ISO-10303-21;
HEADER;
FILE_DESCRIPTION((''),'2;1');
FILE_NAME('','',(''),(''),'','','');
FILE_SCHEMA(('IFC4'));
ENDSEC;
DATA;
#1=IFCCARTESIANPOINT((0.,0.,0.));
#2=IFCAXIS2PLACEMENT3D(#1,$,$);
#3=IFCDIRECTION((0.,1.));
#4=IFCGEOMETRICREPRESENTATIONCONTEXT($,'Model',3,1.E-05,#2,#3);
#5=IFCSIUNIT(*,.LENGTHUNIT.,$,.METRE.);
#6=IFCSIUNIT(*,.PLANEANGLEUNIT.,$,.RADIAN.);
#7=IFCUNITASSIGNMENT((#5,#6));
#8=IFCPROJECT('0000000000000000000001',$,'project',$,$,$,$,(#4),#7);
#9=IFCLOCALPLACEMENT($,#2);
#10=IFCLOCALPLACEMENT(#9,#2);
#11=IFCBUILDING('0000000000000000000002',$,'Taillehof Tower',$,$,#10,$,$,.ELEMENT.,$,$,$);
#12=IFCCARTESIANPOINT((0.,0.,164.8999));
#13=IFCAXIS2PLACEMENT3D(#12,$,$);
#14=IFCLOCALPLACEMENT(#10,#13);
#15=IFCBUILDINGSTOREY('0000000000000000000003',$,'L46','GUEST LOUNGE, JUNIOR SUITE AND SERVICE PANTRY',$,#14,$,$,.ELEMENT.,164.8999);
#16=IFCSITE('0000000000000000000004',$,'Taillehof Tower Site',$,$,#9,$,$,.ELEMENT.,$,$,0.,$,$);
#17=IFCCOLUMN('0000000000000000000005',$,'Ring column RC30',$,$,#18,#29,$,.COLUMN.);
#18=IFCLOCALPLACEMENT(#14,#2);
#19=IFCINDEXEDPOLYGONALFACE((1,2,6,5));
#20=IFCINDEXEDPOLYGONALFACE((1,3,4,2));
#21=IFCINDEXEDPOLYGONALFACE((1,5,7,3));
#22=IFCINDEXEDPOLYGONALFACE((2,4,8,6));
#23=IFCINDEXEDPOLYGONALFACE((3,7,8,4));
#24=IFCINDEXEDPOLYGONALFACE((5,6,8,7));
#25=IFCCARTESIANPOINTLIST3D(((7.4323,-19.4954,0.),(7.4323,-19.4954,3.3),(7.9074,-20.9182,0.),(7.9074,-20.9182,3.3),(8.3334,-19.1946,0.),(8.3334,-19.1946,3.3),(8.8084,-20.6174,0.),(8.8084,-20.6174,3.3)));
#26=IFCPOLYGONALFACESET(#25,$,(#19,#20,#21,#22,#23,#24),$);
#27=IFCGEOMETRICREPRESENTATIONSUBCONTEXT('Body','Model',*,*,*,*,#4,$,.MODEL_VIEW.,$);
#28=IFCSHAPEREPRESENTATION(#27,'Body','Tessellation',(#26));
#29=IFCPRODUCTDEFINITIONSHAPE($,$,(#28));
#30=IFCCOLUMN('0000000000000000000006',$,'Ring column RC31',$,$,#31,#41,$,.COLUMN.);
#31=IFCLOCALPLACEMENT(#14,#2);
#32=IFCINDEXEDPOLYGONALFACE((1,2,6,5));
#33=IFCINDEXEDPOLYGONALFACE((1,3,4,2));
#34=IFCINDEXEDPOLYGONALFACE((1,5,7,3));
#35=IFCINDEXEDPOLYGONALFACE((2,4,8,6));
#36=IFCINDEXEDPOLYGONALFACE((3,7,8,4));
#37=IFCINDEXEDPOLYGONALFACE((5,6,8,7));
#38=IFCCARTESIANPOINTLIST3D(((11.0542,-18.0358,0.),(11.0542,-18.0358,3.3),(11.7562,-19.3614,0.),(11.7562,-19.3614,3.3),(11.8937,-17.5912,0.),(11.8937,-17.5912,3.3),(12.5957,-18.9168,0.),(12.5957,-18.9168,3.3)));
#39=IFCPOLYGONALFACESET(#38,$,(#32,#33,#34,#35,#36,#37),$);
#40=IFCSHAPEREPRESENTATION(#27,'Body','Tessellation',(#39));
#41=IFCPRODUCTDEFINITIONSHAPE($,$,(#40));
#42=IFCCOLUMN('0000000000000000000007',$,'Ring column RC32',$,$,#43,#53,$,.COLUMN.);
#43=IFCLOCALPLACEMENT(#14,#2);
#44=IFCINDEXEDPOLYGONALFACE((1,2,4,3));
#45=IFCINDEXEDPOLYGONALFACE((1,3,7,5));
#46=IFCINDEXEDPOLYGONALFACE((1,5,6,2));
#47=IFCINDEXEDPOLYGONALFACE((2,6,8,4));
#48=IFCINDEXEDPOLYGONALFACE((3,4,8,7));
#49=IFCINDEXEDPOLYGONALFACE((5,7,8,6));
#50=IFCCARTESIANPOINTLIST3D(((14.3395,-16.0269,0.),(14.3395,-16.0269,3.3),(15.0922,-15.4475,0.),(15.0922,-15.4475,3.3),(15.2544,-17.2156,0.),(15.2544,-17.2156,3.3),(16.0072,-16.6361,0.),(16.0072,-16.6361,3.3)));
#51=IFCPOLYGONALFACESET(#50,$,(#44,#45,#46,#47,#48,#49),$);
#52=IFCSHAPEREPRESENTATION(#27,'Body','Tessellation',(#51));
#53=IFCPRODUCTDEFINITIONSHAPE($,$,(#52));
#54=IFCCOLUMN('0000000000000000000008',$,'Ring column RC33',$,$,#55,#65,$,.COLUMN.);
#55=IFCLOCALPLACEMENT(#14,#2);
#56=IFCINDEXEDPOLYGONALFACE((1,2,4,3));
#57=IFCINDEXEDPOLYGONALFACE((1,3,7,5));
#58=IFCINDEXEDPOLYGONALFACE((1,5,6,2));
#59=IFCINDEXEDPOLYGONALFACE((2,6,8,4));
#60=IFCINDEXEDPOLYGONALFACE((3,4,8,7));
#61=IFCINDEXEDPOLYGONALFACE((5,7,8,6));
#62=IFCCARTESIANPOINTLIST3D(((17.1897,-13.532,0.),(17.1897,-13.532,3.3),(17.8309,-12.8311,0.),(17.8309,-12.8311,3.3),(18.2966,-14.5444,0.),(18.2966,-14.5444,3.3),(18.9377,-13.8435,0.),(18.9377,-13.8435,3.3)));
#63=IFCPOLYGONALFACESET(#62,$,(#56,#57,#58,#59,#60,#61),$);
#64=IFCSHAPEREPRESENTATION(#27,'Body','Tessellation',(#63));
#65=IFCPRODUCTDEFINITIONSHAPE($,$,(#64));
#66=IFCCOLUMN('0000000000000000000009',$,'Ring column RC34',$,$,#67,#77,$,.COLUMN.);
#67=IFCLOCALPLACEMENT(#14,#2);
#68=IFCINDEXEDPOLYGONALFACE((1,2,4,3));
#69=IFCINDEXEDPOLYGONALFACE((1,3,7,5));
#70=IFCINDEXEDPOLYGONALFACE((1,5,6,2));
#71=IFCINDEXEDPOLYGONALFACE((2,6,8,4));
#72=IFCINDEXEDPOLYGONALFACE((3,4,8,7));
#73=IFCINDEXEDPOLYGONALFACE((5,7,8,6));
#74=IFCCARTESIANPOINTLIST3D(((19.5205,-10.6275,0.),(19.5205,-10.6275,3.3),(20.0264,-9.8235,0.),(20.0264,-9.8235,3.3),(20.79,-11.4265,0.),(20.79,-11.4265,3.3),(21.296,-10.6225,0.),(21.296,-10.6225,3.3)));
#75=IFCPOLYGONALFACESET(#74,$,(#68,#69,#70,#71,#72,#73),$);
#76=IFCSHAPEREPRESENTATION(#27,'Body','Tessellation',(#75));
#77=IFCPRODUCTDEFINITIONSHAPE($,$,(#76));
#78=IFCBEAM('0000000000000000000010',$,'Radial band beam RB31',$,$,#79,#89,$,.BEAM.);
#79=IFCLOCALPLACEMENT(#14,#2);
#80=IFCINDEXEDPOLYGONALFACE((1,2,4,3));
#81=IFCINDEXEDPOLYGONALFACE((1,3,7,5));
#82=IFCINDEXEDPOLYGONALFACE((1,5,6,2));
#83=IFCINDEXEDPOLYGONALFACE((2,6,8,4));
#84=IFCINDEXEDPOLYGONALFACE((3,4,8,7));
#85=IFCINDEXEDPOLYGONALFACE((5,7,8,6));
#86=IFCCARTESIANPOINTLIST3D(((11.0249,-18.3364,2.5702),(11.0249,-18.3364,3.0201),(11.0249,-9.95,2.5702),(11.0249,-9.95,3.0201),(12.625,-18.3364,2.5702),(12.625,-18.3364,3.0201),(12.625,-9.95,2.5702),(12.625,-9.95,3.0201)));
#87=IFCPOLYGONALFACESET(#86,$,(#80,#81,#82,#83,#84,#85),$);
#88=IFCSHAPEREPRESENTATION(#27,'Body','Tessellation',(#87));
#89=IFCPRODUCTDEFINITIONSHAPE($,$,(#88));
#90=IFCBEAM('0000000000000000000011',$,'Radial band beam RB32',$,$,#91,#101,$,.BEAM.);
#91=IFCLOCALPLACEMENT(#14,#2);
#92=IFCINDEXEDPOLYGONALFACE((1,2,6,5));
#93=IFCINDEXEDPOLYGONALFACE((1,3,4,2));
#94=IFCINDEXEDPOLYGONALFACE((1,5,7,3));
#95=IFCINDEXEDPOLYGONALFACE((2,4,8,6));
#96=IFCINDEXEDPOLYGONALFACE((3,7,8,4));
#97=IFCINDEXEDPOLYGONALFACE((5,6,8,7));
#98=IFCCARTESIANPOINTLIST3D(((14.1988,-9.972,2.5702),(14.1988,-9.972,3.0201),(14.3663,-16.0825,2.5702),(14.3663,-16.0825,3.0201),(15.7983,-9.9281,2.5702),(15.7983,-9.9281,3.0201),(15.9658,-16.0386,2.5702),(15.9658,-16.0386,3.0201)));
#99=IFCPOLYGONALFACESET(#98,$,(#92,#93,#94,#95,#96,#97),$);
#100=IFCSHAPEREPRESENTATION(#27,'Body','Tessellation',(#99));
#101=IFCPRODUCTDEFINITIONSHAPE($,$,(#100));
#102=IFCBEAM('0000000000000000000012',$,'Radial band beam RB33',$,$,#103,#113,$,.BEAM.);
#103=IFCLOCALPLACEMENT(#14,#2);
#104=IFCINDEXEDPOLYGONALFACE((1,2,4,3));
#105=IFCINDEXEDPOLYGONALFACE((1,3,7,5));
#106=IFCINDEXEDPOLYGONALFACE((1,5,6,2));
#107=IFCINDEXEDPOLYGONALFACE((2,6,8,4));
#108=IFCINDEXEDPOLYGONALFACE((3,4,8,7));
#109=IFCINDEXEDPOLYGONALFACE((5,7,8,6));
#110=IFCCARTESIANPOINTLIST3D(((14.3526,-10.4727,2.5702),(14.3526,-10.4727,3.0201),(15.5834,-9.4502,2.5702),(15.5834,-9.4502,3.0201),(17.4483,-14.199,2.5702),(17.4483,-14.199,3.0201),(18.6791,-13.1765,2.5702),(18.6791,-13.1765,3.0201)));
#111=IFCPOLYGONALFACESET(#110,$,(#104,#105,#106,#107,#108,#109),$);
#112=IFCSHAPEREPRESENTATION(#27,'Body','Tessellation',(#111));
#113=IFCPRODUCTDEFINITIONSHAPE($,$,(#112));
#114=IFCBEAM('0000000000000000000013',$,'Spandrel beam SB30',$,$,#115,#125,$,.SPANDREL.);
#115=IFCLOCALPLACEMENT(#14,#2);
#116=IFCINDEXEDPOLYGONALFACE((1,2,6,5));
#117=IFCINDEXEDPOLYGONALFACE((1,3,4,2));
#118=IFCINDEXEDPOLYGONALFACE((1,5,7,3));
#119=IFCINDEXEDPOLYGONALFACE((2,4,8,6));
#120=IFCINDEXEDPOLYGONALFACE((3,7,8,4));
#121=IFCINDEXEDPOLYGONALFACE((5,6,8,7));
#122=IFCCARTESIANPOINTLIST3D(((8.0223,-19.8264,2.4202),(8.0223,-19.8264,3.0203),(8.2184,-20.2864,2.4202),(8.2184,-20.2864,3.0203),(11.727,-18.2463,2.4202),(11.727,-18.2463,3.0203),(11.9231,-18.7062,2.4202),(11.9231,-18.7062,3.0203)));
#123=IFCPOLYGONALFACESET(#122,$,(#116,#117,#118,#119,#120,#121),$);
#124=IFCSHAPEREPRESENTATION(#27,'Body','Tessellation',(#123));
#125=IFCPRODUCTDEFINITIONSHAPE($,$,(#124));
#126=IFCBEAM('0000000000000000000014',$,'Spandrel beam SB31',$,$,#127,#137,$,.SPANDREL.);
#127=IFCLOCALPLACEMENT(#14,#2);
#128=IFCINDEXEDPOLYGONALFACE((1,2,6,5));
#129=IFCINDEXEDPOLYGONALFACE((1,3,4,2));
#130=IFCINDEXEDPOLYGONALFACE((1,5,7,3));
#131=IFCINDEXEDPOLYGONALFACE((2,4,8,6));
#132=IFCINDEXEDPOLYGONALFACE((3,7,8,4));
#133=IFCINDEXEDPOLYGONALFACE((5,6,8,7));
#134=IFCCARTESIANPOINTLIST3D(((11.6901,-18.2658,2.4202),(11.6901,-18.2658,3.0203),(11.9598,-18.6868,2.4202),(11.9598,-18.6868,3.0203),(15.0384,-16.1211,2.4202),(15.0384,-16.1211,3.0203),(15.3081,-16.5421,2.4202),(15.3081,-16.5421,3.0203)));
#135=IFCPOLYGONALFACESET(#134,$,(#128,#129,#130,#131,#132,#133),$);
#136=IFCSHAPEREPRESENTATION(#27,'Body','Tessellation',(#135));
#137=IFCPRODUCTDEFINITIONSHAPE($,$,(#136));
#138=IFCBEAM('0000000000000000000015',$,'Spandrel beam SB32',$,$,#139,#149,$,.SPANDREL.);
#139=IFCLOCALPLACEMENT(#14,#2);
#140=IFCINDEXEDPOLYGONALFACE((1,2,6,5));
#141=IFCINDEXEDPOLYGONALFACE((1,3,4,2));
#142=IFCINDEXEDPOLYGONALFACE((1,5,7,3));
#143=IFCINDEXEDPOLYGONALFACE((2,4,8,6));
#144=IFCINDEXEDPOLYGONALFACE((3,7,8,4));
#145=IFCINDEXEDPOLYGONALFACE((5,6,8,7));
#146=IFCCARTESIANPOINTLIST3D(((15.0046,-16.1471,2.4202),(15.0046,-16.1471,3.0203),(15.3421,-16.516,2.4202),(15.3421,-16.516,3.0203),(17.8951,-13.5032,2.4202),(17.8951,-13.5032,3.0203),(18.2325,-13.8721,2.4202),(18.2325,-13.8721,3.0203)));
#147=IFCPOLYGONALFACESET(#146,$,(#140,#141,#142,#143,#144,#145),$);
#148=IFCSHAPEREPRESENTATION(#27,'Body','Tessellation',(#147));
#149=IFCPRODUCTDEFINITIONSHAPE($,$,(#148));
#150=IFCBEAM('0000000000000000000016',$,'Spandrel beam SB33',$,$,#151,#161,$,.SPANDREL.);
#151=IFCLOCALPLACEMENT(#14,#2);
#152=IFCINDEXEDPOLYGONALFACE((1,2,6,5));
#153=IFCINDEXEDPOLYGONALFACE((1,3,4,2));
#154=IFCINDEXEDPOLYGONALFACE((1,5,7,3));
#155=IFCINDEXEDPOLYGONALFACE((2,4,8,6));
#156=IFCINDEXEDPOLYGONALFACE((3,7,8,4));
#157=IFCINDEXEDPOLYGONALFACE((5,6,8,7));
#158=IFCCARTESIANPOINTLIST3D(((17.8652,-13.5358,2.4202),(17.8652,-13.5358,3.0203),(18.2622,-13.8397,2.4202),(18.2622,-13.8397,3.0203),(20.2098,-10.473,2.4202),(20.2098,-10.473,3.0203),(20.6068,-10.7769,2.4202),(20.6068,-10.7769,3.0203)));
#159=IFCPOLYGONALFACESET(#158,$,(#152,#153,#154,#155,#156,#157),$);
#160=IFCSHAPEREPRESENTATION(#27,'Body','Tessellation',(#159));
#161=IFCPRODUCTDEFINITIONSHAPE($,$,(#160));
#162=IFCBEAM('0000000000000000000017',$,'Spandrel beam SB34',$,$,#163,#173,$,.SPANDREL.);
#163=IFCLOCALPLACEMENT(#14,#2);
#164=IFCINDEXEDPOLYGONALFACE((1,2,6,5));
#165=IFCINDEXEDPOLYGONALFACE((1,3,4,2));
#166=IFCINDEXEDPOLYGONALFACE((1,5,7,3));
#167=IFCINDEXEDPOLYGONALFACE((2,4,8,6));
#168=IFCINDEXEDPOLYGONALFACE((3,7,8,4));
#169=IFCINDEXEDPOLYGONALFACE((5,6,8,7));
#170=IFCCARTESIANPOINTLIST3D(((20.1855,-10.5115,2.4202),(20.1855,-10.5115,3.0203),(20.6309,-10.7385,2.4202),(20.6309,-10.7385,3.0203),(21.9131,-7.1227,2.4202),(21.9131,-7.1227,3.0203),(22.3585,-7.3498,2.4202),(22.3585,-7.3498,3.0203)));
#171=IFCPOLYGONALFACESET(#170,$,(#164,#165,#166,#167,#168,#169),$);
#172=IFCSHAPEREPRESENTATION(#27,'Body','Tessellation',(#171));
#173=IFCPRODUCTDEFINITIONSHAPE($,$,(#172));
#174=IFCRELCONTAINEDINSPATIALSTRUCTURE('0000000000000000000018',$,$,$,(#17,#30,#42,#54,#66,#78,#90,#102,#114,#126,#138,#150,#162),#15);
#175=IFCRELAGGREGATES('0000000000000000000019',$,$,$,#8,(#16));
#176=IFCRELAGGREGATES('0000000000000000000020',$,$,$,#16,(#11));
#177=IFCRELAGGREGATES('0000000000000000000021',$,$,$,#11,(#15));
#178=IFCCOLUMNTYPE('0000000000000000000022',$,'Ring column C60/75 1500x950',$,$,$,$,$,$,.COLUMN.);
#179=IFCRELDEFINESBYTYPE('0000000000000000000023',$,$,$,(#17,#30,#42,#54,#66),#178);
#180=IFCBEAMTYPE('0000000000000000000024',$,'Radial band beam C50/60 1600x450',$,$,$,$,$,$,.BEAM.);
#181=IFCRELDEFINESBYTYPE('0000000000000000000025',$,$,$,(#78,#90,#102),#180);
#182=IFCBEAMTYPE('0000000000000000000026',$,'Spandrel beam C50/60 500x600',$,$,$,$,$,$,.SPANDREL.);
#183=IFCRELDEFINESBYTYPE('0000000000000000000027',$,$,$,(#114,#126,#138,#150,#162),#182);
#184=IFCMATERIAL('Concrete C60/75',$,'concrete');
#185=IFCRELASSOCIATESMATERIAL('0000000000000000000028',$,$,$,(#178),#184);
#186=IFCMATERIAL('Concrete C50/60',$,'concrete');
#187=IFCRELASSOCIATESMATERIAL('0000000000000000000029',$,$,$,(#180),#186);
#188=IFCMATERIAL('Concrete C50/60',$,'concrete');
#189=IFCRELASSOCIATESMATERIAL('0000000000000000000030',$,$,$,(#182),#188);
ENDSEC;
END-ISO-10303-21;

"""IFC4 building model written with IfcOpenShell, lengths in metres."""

from ifc_helpers import new_model, si_unit, direction, frame, origin, origin_2d, place, context, subcontext, project, spatial, rectangle, extrude, material, material_profile, profile_set, type_object, element, save


model = new_model("IFC4")

# Units and contexts
model_context = context("Model", 3, precision=1e-05, world=origin(), true_north=direction((0.0, 1.0)))
body_context = subcontext(model_context, "Body", "Model", "MODEL_VIEW")
ifc_project = project(units=[si_unit("LENGTHUNIT", "METRE"), si_unit("PLANEANGLEUNIT", "RADIAN")], contexts=[model_context])

# Site, building, storey
site_placement = place(None, origin())
site = spatial("IfcSite", under=ifc_project, at=site_placement, Name="Taillehof Tower Site", CompositionType="ELEMENT", RefElevation=0.0)
building_placement = place(site_placement, origin())
building = spatial("IfcBuilding", under=site, at=building_placement, Name="Taillehof Tower", CompositionType="ELEMENT")
storey_placement = place(building_placement, frame((0.0, 0.0, 164.8999)))
storey = spatial("IfcBuildingStorey", under=building, at=storey_placement, Name="L46", Description="GUEST LOUNGE, JUNIOR SUITE AND SERVICE PANTRY", CompositionType="ELEMENT", Elevation=164.8999)

# Columns
ifc_material_1 = material(Name="Concrete C60/75", Category="concrete")
ifc_material_profile_1 = material_profile(ifc_material_1, rectangle(XDim=1.5, YDim=0.95, at=origin_2d()), Name="RC 1500x950")
ifc_profile_set_1 = profile_set([ifc_material_profile_1], Name="Concrete C60/75")
column_type = type_object("IfcColumnType", Name="Ring column C60/75 1500x950", PredefinedType="COLUMN", material=ifc_profile_set_1)
for number, where, z_axis, x_axis, name in (
    (1, (8.1204, -20.0564, 0.0), (0.0, 0.0, 1.0), (0.316703, -0.948525, 0.0), "Ring column RC30"),
    (2, (11.825, -18.4763, 0.0), (0.0, 0.0, 1.0), (0.468042, -0.883706, 0.0), "Ring column RC31"),
    (3, (15.1733, -16.3315, 0.0), (0.0, 0.0, 1.0), (0.609971, -0.792424, 0.0), "Ring column RC32"),
    (4, (18.0637, -13.6877, 0.0), (0.0, 0.0, 1.0), (0.737879, -0.674933, 0.0), "Ring column RC33"),
    (5, (20.4082, -10.625, 0.0), (0.0, 0.0, 1.0), (0.846334, -0.532652, 0.0), "Ring column RC34"),
):
    element("IfcColumn", number, at=place(storey_placement, frame(where, z_axis=z_axis, x_axis=x_axis)), inside=storey, type_object=column_type, Name=name, PredefinedType="COLUMN", context=body_context, shape_type="SweptSolid", body=[
        extrude(rectangle(XDim=1.5, YDim=0.95, at=origin_2d()), origin(), (0.0, 0.0, 1.0), 3.3),
    ])

# Beams
ifc_material_2 = material(Name="Concrete C50/60", Category="concrete")
ifc_material_profile_2 = material_profile(ifc_material_2, rectangle(XDim=1.6001, YDim=0.45, at=origin_2d()), Name="RC 1600x450")
ifc_profile_set_2 = profile_set([ifc_material_profile_2], Name="Concrete C50/60")
beam_type_1 = type_object("IfcBeamType", Name="Radial band beam C50/60 1600x450", PredefinedType="BEAM", material=ifc_profile_set_2)
beam_1_placement = place(storey_placement, frame((11.825, -18.3364, 2.7952), z_axis=(0.0, 1.0, 0.0), x_axis=(-1.0, 0.0, 0.0)))
element("IfcBeam", 6, at=beam_1_placement, inside=storey, type_object=beam_type_1, Name="Radial band beam RB31", PredefinedType="BEAM", context=body_context, shape_type="SweptSolid", body=[
    extrude(rectangle(XDim=1.6001, YDim=0.45, at=origin_2d()), origin(), (0.0, 0.0, 1.0), 8.3865),
])
beam_2_placement = place(storey_placement, frame((15.166, -16.0605, 2.7952), z_axis=(-0.027398, 0.999625, 0.0), x_axis=(-0.999625, -0.027398, 0.0)))
element("IfcBeam", 7, at=beam_2_placement, inside=storey, type_object=beam_type_1, Name="Radial band beam RB32", PredefinedType="BEAM", context=body_context, shape_type="SweptSolid", body=[
    extrude(rectangle(XDim=1.6001, YDim=0.45, at=origin_2d()), origin(), (0.0, 0.0, 1.0), 6.1128),
])
beam_3_placement = place(storey_placement, frame((18.0637, -13.6877, 2.7952), z_axis=(-0.639019, 0.769191, 0.0), x_axis=(-0.769191, -0.639019, 0.0)))
element("IfcBeam", 8, at=beam_3_placement, inside=storey, type_object=beam_type_1, Name="Radial band beam RB33", PredefinedType="BEAM", context=body_context, shape_type="SweptSolid", body=[
    extrude(rectangle(XDim=1.6001, YDim=0.45, at=origin_2d()), origin(), (0.0, 0.0, 1.0), 4.8445),
])
ifc_material_3 = material(Name="Concrete C50/60", Category="concrete")
ifc_material_profile_3 = material_profile(ifc_material_3, rectangle(XDim=0.5, YDim=0.6001, at=origin_2d()), Name="RC 500x600")
ifc_profile_set_3 = profile_set([ifc_material_profile_3], Name="Concrete C50/60")
beam_type_2 = type_object("IfcBeamType", Name="Spandrel beam C50/60 500x600", PredefinedType="SPANDREL", material=ifc_profile_set_3)
beam_4_placement = place(storey_placement, frame((8.1204, -20.0564, 2.7202), z_axis=(0.919827, 0.392324, 0.0), x_axis=(-0.392324, 0.919827, 0.0)))
element("IfcBeam", 9, at=beam_4_placement, inside=storey, type_object=beam_type_2, Name="Spandrel beam SB30", PredefinedType="SPANDREL", context=body_context, shape_type="SweptSolid", body=[
    extrude(rectangle(XDim=0.5, YDim=0.6001, at=origin_2d()), origin(), (0.0, 0.0, 1.0), 4.0276),
])
beam_5_placement = place(storey_placement, frame((11.825, -18.4763, 2.7202), z_axis=(0.842065, 0.539376, 0.0), x_axis=(-0.539376, 0.842065, 0.0)))
element("IfcBeam", 10, at=beam_5_placement, inside=storey, type_object=beam_type_2, Name="Spandrel beam SB31", PredefinedType="SPANDREL", context=body_context, shape_type="SweptSolid", body=[
    extrude(rectangle(XDim=0.5, YDim=0.6001, at=origin_2d()), origin(), (0.0, 0.0, 1.0), 3.9763),
])
beam_6_placement = place(storey_placement, frame((15.1733, -16.3315, 2.7202), z_axis=(0.737881, 0.674931, 0.0), x_axis=(-0.674931, 0.737881, 0.0)))
element("IfcBeam", 11, at=beam_6_placement, inside=storey, type_object=beam_type_2, Name="Spandrel beam SB32", PredefinedType="SPANDREL", context=body_context, shape_type="SweptSolid", body=[
    extrude(rectangle(XDim=0.5, YDim=0.6001, at=origin_2d()), origin(), (0.0, 0.0, 1.0), 3.9172),
])
beam_7_placement = place(storey_placement, frame((18.0637, -13.6877, 2.7202), z_axis=(0.60784, 0.794059, 0.0), x_axis=(-0.794059, 0.60784, 0.0)))
element("IfcBeam", 12, at=beam_7_placement, inside=storey, type_object=beam_type_2, Name="Spandrel beam SB33", PredefinedType="SPANDREL", context=body_context, shape_type="SweptSolid", body=[
    extrude(rectangle(XDim=0.5, YDim=0.6001, at=origin_2d()), origin(), (0.0, 0.0, 1.0), 3.8572),
])
beam_8_placement = place(storey_placement, frame((20.4082, -10.625, 2.7202), z_axis=(0.454183, 0.890908, 0.0), x_axis=(-0.890908, 0.454183, 0.0)))
element("IfcBeam", 13, at=beam_8_placement, inside=storey, type_object=beam_type_2, Name="Spandrel beam SB34", PredefinedType="SPANDREL", context=body_context, shape_type="SweptSolid", body=[
    extrude(rectangle(XDim=0.5, YDim=0.6001, at=origin_2d()), origin(), (0.0, 0.0, 1.0), 3.8037),
])

save(model, "model.ifc")
